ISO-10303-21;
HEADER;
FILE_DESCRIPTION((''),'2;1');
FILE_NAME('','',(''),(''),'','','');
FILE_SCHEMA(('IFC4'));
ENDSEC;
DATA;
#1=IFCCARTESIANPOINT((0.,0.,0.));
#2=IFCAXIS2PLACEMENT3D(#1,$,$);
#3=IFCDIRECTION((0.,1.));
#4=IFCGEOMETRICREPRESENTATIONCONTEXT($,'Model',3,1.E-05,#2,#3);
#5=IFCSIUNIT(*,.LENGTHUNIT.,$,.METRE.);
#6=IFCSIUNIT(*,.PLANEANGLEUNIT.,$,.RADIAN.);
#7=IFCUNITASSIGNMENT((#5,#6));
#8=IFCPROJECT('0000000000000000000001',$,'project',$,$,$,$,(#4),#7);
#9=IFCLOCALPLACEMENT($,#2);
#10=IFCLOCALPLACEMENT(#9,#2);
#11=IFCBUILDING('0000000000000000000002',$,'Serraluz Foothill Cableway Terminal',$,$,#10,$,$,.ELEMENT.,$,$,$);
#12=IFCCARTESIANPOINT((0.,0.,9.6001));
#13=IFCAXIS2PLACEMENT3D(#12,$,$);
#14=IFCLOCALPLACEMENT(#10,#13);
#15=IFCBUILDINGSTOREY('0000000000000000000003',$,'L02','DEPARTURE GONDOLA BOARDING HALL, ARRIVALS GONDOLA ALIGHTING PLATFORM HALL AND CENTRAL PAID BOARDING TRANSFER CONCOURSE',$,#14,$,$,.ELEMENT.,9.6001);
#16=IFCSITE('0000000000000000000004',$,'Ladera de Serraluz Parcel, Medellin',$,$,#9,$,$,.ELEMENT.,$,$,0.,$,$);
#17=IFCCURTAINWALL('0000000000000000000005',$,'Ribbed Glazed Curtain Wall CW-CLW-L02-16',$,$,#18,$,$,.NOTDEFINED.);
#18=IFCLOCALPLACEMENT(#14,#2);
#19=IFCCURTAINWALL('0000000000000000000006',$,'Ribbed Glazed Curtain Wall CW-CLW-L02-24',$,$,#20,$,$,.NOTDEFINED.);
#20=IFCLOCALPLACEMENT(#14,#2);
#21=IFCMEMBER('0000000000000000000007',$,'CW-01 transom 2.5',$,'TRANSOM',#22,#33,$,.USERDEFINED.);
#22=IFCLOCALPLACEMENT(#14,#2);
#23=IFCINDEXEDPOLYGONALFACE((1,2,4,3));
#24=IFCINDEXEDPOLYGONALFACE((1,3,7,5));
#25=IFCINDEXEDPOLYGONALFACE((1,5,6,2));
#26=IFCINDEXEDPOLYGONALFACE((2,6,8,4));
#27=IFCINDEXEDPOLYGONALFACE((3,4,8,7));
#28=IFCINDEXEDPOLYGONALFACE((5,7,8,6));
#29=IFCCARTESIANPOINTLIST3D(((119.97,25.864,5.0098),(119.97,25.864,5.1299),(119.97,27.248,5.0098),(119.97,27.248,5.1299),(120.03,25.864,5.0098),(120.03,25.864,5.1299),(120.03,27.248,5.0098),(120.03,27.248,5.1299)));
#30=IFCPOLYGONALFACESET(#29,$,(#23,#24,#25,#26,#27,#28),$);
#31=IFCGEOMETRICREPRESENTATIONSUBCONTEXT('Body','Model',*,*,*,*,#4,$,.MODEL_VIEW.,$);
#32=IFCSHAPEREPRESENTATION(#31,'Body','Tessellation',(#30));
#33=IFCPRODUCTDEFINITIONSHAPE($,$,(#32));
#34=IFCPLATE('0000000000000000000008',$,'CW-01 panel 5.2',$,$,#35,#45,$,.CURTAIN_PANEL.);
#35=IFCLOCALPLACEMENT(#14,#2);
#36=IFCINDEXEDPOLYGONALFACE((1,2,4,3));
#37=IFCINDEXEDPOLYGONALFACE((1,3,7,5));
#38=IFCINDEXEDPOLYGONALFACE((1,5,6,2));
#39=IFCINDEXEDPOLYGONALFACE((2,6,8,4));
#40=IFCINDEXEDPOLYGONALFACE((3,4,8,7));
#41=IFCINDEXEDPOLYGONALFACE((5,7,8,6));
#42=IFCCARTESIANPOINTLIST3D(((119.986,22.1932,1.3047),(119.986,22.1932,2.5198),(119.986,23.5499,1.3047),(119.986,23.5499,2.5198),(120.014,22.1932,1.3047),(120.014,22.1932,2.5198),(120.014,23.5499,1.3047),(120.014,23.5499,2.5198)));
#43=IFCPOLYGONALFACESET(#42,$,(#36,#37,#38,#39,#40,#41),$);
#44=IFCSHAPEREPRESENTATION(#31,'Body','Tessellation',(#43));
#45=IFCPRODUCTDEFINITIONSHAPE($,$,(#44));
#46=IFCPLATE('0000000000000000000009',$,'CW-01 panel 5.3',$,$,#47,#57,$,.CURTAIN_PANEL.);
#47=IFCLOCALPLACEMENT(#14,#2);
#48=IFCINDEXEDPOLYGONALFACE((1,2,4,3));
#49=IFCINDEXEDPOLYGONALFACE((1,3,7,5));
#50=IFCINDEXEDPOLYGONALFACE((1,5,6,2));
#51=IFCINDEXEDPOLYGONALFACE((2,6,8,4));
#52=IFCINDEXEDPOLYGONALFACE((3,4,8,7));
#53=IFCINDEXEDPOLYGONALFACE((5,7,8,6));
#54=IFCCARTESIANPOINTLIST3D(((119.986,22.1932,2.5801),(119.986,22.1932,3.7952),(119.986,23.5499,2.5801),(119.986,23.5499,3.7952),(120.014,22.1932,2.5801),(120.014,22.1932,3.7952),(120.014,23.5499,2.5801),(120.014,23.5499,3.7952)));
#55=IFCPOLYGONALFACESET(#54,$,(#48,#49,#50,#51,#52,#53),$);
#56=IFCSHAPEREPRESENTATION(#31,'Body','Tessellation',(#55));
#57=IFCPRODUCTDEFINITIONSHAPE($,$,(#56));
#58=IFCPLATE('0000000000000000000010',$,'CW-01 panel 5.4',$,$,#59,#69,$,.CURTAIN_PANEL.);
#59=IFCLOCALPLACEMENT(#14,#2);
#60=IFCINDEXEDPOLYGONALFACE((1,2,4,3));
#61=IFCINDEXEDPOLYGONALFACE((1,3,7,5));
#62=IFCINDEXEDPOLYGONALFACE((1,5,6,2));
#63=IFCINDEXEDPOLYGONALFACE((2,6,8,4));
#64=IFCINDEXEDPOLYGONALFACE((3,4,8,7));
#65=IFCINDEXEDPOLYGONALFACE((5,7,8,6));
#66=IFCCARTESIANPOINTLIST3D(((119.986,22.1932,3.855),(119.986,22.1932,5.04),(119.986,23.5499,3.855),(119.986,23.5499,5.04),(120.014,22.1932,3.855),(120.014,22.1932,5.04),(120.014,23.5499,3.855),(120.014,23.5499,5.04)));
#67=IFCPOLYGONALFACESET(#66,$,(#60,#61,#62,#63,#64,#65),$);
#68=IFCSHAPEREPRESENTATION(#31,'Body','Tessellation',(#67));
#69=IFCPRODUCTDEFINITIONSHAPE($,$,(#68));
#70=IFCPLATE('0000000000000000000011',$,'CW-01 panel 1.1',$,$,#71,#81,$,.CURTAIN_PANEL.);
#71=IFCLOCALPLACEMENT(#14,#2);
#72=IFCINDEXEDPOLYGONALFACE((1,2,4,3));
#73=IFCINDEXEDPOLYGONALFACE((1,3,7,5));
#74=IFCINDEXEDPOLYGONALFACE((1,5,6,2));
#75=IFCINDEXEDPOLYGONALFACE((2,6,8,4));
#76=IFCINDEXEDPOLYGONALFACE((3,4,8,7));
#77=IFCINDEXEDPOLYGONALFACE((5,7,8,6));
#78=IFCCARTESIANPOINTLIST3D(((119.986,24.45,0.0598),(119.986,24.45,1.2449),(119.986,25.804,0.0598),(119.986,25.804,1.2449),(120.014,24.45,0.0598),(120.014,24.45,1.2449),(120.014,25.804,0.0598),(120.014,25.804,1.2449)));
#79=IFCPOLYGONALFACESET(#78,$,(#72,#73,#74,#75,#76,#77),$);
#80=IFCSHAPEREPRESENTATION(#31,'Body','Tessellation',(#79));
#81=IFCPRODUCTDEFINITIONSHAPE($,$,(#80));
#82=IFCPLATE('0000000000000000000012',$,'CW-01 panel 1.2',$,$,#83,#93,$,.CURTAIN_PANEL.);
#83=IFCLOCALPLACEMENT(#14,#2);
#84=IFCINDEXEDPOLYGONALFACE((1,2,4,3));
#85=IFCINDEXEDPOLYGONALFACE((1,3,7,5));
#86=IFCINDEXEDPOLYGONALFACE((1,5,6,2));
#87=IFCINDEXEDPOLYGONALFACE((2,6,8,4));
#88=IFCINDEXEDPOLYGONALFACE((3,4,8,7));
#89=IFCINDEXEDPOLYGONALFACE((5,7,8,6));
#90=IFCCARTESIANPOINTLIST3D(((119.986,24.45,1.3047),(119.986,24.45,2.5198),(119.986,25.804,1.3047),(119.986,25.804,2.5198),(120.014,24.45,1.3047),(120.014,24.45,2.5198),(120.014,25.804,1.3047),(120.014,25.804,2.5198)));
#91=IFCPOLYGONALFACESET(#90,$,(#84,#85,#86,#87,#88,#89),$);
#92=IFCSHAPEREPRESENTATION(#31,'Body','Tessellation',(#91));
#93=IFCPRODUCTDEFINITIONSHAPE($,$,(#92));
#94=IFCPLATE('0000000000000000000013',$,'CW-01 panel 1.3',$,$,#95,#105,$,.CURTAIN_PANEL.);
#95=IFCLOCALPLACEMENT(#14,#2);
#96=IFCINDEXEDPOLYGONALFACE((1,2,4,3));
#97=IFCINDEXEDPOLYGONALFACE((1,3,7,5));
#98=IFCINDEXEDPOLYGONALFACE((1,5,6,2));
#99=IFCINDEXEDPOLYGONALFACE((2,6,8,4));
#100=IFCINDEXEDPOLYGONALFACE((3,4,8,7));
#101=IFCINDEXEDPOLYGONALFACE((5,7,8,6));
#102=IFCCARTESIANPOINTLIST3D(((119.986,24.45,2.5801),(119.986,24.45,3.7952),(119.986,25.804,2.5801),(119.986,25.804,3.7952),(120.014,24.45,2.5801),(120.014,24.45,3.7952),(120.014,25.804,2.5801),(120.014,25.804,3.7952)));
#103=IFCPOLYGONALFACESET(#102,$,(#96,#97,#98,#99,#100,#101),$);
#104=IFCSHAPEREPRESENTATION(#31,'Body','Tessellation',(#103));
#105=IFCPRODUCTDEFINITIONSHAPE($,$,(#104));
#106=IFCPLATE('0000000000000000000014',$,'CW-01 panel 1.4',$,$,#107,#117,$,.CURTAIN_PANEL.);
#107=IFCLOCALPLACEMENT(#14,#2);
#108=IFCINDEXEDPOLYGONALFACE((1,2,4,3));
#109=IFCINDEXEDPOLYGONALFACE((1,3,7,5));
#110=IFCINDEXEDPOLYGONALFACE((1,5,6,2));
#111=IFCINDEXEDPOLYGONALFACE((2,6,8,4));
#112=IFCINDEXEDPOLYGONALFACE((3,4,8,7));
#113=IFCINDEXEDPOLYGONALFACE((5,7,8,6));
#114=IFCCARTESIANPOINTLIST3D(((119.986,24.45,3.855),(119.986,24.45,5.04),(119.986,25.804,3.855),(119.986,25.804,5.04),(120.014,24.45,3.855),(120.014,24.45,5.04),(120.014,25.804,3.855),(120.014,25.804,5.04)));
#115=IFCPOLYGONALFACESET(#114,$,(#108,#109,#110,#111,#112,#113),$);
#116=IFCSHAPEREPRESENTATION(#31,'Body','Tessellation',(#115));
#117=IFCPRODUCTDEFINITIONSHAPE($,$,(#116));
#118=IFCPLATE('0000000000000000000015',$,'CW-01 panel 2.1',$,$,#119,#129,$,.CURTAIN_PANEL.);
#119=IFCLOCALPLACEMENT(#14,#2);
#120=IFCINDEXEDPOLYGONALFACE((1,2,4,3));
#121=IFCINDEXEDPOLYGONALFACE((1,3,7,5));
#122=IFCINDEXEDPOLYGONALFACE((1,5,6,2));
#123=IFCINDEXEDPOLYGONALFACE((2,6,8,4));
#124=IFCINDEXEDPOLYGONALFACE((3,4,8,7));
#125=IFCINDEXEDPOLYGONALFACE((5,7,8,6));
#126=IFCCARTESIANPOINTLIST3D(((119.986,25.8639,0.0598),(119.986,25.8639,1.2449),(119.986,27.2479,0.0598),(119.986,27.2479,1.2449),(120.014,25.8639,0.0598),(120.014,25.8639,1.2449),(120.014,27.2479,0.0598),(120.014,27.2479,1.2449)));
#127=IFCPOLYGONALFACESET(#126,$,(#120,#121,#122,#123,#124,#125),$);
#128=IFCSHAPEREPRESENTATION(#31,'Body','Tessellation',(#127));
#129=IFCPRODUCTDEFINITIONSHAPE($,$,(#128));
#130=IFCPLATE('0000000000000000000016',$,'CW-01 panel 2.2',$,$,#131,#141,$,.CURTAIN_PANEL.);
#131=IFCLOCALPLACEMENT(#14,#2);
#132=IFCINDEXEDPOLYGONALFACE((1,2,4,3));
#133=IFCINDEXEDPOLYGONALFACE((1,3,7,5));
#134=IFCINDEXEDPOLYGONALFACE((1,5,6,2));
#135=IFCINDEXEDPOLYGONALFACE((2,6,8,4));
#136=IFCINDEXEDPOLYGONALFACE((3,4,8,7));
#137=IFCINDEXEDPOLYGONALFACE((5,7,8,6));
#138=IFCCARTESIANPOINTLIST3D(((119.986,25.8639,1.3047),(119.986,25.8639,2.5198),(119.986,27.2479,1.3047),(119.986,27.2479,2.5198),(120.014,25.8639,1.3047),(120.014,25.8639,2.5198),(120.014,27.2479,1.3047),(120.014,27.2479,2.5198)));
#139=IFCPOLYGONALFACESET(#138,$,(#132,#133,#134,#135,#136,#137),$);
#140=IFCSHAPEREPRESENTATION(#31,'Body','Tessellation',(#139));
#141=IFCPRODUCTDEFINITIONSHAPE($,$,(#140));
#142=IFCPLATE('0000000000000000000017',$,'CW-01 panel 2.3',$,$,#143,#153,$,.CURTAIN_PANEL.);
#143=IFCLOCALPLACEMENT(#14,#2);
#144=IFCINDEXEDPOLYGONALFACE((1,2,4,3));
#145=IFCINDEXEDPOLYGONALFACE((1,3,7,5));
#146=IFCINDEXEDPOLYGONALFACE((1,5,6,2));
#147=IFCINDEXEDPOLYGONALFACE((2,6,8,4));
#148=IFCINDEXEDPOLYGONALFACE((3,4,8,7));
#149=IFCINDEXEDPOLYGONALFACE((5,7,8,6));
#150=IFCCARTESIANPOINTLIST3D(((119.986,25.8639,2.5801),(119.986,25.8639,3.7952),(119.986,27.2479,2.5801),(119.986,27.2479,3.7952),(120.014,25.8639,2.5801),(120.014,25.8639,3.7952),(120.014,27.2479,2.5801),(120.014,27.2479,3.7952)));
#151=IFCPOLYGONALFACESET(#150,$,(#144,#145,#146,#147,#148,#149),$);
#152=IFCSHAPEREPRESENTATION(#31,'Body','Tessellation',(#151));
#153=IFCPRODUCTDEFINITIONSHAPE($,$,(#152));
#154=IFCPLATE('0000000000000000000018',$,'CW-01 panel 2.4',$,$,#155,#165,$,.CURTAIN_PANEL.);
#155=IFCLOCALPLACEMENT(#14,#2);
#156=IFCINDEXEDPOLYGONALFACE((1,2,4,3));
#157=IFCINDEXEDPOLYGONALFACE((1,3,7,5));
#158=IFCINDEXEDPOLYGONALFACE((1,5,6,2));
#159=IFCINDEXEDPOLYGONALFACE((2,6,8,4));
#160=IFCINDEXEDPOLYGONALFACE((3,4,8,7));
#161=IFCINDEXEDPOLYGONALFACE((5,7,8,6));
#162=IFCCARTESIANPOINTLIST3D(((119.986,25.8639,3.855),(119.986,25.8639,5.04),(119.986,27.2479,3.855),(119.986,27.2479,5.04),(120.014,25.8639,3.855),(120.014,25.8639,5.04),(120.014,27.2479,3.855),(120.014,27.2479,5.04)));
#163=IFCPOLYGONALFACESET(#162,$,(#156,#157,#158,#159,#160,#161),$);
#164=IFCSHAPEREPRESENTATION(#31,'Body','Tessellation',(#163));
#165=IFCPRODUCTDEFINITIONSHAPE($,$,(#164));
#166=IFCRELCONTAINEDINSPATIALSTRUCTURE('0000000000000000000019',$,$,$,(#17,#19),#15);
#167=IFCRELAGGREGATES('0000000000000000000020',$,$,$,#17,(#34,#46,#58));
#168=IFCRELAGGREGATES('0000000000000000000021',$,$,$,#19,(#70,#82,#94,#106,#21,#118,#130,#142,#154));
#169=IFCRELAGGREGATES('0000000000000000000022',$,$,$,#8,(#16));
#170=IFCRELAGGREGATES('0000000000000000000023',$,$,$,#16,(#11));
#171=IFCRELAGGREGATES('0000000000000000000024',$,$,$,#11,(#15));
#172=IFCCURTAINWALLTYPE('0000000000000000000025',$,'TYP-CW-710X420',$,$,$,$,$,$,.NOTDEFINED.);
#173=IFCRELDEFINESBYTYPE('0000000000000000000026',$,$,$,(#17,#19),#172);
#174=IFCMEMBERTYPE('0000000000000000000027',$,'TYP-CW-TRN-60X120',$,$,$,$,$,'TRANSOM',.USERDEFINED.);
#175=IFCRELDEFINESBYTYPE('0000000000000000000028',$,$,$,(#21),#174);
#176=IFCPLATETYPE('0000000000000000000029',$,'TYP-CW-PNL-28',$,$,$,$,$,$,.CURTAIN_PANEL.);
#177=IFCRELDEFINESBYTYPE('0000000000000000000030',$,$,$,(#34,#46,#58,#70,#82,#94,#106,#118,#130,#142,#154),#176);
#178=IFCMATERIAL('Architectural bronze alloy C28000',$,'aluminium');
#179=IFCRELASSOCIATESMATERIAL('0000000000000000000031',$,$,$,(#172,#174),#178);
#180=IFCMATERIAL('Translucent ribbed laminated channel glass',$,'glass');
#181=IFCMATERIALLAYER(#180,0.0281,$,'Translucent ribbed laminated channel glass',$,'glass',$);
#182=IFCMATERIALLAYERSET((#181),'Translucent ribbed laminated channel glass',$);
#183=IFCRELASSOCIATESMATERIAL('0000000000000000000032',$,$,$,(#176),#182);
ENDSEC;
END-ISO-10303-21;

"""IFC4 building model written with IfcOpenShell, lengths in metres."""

from ifc_helpers import new_model, si_unit, direction, frame, origin, origin_2d, place, context, subcontext, project, spatial, rectangle, extrude, material, layer, layer_set, material_profile, profile_set, type_object, element, aggregate, save


model = new_model("IFC4")

# Units and contexts
model_context = context("Model", 3, precision=1e-05, world=origin(), true_north=direction((0.0, 1.0)))
body_context = subcontext(model_context, "Body", "Model", "MODEL_VIEW")
ifc_project = project(units=[si_unit("LENGTHUNIT", "METRE"), si_unit("PLANEANGLEUNIT", "RADIAN")], contexts=[model_context])

# Site, building, storey
site_placement = place(None, origin())
site = spatial("IfcSite", under=ifc_project, at=site_placement, Name="Ladera de Serraluz Parcel, Medellin", CompositionType="ELEMENT", RefElevation=0.0)
building_placement = place(site_placement, origin())
building = spatial("IfcBuilding", under=site, at=building_placement, Name="Serraluz Foothill Cableway Terminal", CompositionType="ELEMENT")
storey_placement = place(building_placement, frame((0.0, 0.0, 9.6001)))
storey = spatial("IfcBuildingStorey", under=building, at=storey_placement, Name="L02", Description="DEPARTURE GONDOLA BOARDING HALL, ARRIVALS GONDOLA ALIGHTING PLATFORM HALL AND CENTRAL PAID BOARDING TRANSFER CONCOURSE", CompositionType="ELEMENT", Elevation=9.6001)

# Curtain wall
ifc_material_1 = material(Name="Architectural bronze alloy C28000", Category="aluminium")
curtain_wall_type = type_object("IfcCurtainWallType", Name="TYP-CW-710X420", PredefinedType="NOTDEFINED", material=ifc_material_1)
curtain_wall_1_placement = place(storey_placement, origin())
curtain_wall_1 = element("IfcCurtainWall", 1, at=curtain_wall_1_placement, inside=storey, type_object=curtain_wall_type, Name="Ribbed Glazed Curtain Wall CW-CLW-L02-16", PredefinedType="NOTDEFINED")

# Curtain wall, member
curtain_wall_2_placement = place(storey_placement, origin())
curtain_wall_2 = element("IfcCurtainWall", 2, at=curtain_wall_2_placement, inside=storey, type_object=curtain_wall_type, Name="Ribbed Glazed Curtain Wall CW-CLW-L02-24", PredefinedType="NOTDEFINED")
ifc_material_profile_1 = material_profile(ifc_material_1, rectangle(XDim=0.0601, YDim=0.1201, at=origin_2d()), Name="ALU TRANSOM 60x120")
ifc_profile_set_1 = profile_set([ifc_material_profile_1], Name="Architectural bronze alloy C28000")
member_type_1 = type_object("IfcMemberType", Name="TYP-CW-TRN-60X120", ElementType="TRANSOM", PredefinedType="USERDEFINED", material=ifc_profile_set_1)
member_1_placement = place(storey_placement, frame((120.0, 25.864, 5.0698), z_axis=(0.0, 1.0, 0.0), x_axis=(-1.0, 0.0, 0.0)))
member_1 = element("IfcMember", 3, at=member_1_placement, type_object=member_type_1, Name="CW-01 transom 2.5", ObjectType="TRANSOM", PredefinedType="USERDEFINED", context=body_context, shape_type="SweptSolid", body=[
    extrude(rectangle(XDim=0.0601, YDim=0.1201, at=origin_2d()), origin(), (0.0, 0.0, 1.0), 1.384),
])

# Plates
ifc_material_2 = material(Name="Translucent ribbed laminated channel glass", Category="glass")
ifc_layer = layer(ifc_material_2, 0.0281, Name="Translucent ribbed laminated channel glass", Category="glass")
ifc_layer_set = layer_set([ifc_layer], Name="Translucent ribbed laminated channel glass")
plate_type = type_object("IfcPlateType", Name="TYP-CW-PNL-28", PredefinedType="CURTAIN_PANEL", material=ifc_layer_set)
plate_1_placement = place(storey_placement, frame((120.0, 22.8716, 1.3047), z_axis=(0.0, 0.0, 1.0), x_axis=(0.0, 1.0, 0.0)))
plate_1 = element("IfcPlate", 4, at=plate_1_placement, type_object=plate_type, Name="CW-01 panel 5.2", PredefinedType="CURTAIN_PANEL", context=body_context, shape_type="SweptSolid", body=[
    extrude(rectangle(XDim=1.3567, YDim=0.0281, at=origin_2d()), origin(), (0.0, 0.0, 1.0), 1.2151),
])
plate_2_placement = place(storey_placement, frame((120.0, 22.8716, 2.5801), z_axis=(0.0, 0.0, 1.0), x_axis=(0.0, 1.0, 0.0)))
plate_2 = element("IfcPlate", 5, at=plate_2_placement, type_object=plate_type, Name="CW-01 panel 5.3", PredefinedType="CURTAIN_PANEL", context=body_context, shape_type="SweptSolid", body=[
    extrude(rectangle(XDim=1.3567, YDim=0.0281, at=origin_2d()), origin(), (0.0, 0.0, 1.0), 1.2151),
])
plate_3_placement = place(storey_placement, frame((120.0, 22.8716, 3.855), z_axis=(0.0, 0.0, 1.0), x_axis=(0.0, 1.0, 0.0)))
plate_3 = element("IfcPlate", 6, at=plate_3_placement, type_object=plate_type, Name="CW-01 panel 5.4", PredefinedType="CURTAIN_PANEL", context=body_context, shape_type="SweptSolid", body=[
    extrude(rectangle(XDim=1.3567, YDim=0.0281, at=origin_2d()), origin(), (0.0, 0.0, 1.0), 1.1851),
])
aggregate(curtain_wall_1, [plate_1, plate_2, plate_3])
plate_4_placement = place(storey_placement, frame((120.0, 25.127, 0.0598), z_axis=(0.0, 0.0, 1.0), x_axis=(0.0, 1.0, 0.0)))
plate_4 = element("IfcPlate", 7, at=plate_4_placement, type_object=plate_type, Name="CW-01 panel 1.1", PredefinedType="CURTAIN_PANEL", context=body_context, shape_type="SweptSolid", body=[
    extrude(rectangle(XDim=1.354, YDim=0.0281, at=origin_2d()), origin(), (0.0, 0.0, 1.0), 1.1851),
])
plate_5_placement = place(storey_placement, frame((120.0, 25.127, 1.3047), z_axis=(0.0, 0.0, 1.0), x_axis=(0.0, 1.0, 0.0)))
plate_5 = element("IfcPlate", 8, at=plate_5_placement, type_object=plate_type, Name="CW-01 panel 1.2", PredefinedType="CURTAIN_PANEL", context=body_context, shape_type="SweptSolid", body=[
    extrude(rectangle(XDim=1.354, YDim=0.0281, at=origin_2d()), origin(), (0.0, 0.0, 1.0), 1.2151),
])
plate_6_placement = place(storey_placement, frame((120.0, 25.127, 2.5801), z_axis=(0.0, 0.0, 1.0), x_axis=(0.0, 1.0, 0.0)))
plate_6 = element("IfcPlate", 9, at=plate_6_placement, type_object=plate_type, Name="CW-01 panel 1.3", PredefinedType="CURTAIN_PANEL", context=body_context, shape_type="SweptSolid", body=[
    extrude(rectangle(XDim=1.354, YDim=0.0281, at=origin_2d()), origin(), (0.0, 0.0, 1.0), 1.2151),
])
plate_7_placement = place(storey_placement, frame((120.0, 25.127, 3.855), z_axis=(0.0, 0.0, 1.0), x_axis=(0.0, 1.0, 0.0)))
plate_7 = element("IfcPlate", 10, at=plate_7_placement, type_object=plate_type, Name="CW-01 panel 1.4", PredefinedType="CURTAIN_PANEL", context=body_context, shape_type="SweptSolid", body=[
    extrude(rectangle(XDim=1.354, YDim=0.0281, at=origin_2d()), origin(), (0.0, 0.0, 1.0), 1.1851),
])
plate_8_placement = place(storey_placement, frame((120.0, 26.5559, 0.0598), z_axis=(0.0, 0.0, 1.0), x_axis=(0.0, 1.0, 0.0)))
plate_8 = element("IfcPlate", 11, at=plate_8_placement, type_object=plate_type, Name="CW-01 panel 2.1", PredefinedType="CURTAIN_PANEL", context=body_context, shape_type="SweptSolid", body=[
    extrude(rectangle(XDim=1.384, YDim=0.0281, at=origin_2d()), origin(), (0.0, 0.0, 1.0), 1.1851),
])
plate_9_placement = place(storey_placement, frame((120.0, 26.5559, 1.3047), z_axis=(0.0, 0.0, 1.0), x_axis=(0.0, 1.0, 0.0)))
plate_9 = element("IfcPlate", 12, at=plate_9_placement, type_object=plate_type, Name="CW-01 panel 2.2", PredefinedType="CURTAIN_PANEL", context=body_context, shape_type="SweptSolid", body=[
    extrude(rectangle(XDim=1.384, YDim=0.0281, at=origin_2d()), origin(), (0.0, 0.0, 1.0), 1.2151),
])
plate_10_placement = place(storey_placement, frame((120.0, 26.5559, 2.5801), z_axis=(0.0, 0.0, 1.0), x_axis=(0.0, 1.0, 0.0)))
plate_10 = element("IfcPlate", 13, at=plate_10_placement, type_object=plate_type, Name="CW-01 panel 2.3", PredefinedType="CURTAIN_PANEL", context=body_context, shape_type="SweptSolid", body=[
    extrude(rectangle(XDim=1.384, YDim=0.0281, at=origin_2d()), origin(), (0.0, 0.0, 1.0), 1.2151),
])
plate_11_placement = place(storey_placement, frame((120.0, 26.5559, 3.855), z_axis=(0.0, 0.0, 1.0), x_axis=(0.0, 1.0, 0.0)))
plate_11 = element("IfcPlate", 14, at=plate_11_placement, type_object=plate_type, Name="CW-01 panel 2.4", PredefinedType="CURTAIN_PANEL", context=body_context, shape_type="SweptSolid", body=[
    extrude(rectangle(XDim=1.384, YDim=0.0281, at=origin_2d()), origin(), (0.0, 0.0, 1.0), 1.1851),
])
aggregate(curtain_wall_2, [plate_4, plate_5, plate_6, plate_7, member_1, plate_8, plate_9, plate_10, plate_11])

save(model, "model.ifc")
